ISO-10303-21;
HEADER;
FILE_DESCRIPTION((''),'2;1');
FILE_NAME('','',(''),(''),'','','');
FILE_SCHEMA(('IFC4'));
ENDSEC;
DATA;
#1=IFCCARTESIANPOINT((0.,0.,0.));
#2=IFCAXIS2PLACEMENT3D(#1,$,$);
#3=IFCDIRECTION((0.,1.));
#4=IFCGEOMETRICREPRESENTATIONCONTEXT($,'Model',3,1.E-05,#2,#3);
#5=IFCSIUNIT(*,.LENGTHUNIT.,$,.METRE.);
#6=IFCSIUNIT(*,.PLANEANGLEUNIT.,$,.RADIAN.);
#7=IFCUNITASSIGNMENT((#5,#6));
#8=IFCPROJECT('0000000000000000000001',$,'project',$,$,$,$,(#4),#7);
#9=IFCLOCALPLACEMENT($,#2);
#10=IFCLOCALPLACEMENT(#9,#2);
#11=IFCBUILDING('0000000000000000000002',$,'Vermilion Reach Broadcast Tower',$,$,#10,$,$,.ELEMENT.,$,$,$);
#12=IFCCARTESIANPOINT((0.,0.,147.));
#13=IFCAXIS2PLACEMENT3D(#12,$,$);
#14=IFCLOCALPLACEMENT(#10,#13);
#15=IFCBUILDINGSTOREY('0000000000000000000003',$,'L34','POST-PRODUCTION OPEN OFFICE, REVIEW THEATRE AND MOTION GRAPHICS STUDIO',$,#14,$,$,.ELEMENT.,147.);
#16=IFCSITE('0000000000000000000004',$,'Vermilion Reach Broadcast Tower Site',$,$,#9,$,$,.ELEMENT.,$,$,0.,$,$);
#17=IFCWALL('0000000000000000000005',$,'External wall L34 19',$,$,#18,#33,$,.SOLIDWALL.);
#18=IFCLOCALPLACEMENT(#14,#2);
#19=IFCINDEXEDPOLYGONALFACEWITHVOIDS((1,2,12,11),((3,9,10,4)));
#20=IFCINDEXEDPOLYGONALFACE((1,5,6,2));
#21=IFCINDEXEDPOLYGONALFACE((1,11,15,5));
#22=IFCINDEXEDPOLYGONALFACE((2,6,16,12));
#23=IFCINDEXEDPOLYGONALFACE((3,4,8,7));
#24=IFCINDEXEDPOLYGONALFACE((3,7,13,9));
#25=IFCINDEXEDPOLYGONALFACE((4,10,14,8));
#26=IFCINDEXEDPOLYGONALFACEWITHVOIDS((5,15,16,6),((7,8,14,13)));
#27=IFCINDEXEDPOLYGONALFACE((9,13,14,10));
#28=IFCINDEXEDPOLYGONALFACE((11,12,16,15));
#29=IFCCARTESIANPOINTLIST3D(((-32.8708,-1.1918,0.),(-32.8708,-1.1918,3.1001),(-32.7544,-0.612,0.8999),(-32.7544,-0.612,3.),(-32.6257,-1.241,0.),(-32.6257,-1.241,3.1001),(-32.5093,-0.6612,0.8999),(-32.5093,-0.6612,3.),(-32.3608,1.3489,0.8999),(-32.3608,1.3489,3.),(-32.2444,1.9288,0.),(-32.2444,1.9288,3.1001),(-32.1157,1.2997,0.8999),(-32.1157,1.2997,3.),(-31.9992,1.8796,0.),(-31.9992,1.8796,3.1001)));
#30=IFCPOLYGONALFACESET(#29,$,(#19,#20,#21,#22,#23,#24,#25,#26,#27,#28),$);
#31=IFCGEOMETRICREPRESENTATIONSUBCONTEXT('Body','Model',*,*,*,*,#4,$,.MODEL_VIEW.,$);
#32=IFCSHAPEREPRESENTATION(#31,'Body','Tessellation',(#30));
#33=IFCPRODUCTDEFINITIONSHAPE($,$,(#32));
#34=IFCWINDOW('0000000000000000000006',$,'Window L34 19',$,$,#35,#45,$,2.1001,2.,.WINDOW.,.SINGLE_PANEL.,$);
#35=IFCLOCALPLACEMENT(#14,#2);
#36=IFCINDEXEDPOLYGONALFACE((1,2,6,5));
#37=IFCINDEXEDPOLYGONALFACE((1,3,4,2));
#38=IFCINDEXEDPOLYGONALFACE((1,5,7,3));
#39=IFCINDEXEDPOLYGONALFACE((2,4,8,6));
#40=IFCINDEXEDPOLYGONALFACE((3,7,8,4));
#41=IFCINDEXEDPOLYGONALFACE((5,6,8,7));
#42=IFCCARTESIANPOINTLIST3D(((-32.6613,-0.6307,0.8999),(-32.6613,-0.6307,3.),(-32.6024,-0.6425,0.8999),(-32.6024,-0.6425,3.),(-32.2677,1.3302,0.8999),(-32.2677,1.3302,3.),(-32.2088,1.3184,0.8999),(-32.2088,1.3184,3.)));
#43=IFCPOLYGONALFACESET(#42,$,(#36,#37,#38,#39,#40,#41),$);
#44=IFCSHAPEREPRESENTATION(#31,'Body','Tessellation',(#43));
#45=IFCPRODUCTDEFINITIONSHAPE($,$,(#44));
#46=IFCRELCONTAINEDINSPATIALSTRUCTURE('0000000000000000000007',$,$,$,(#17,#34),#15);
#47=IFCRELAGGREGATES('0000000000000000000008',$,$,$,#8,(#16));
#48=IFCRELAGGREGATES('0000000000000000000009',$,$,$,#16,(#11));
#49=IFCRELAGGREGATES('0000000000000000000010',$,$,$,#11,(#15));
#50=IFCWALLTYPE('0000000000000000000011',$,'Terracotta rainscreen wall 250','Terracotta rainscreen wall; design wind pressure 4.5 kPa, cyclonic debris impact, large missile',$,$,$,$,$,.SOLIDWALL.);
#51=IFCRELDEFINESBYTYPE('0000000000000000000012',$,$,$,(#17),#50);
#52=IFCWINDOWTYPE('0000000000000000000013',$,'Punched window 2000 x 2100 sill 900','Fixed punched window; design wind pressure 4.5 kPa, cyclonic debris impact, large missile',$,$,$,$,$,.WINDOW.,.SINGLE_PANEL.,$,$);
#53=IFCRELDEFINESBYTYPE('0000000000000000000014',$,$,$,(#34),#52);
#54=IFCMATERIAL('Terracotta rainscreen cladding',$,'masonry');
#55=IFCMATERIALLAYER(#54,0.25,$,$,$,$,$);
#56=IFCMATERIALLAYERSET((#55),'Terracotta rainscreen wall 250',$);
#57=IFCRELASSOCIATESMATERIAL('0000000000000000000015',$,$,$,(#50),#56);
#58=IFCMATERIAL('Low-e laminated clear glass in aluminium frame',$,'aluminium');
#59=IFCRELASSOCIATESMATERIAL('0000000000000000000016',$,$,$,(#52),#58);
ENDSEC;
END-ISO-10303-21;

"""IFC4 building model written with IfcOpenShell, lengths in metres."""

from ifc_helpers import new_model, si_unit, direction, frame, frame_2d, origin, place, context, subcontext, project, spatial, rectangle, extrude, material, layer, layer_set, type_object, element, fill, save


model = new_model("IFC4")

# Units and contexts
model_context = context("Model", 3, precision=1e-05, world=origin(), true_north=direction((0.0, 1.0)))
body_context = subcontext(model_context, "Body", "Model", "MODEL_VIEW")
ifc_project = project(units=[si_unit("LENGTHUNIT", "METRE"), si_unit("PLANEANGLEUNIT", "RADIAN")], contexts=[model_context])

# Site, building, storey
site_placement = place(None, origin())
site = spatial("IfcSite", under=ifc_project, at=site_placement, Name="Vermilion Reach Broadcast Tower Site", CompositionType="ELEMENT", RefElevation=0.0)
building_placement = place(site_placement, origin())
building = spatial("IfcBuilding", under=site, at=building_placement, Name="Vermilion Reach Broadcast Tower", CompositionType="ELEMENT")
storey_placement = place(building_placement, frame((0.0, 0.0, 147.0)))
storey = spatial("IfcBuildingStorey", under=building, at=storey_placement, Name="L34", Description="POST-PRODUCTION OPEN OFFICE, REVIEW THEATRE AND MOTION GRAPHICS STUDIO", CompositionType="ELEMENT", Elevation=147.0)

# Wall, opening, window
ifc_material_1 = material(Name="Terracotta rainscreen cladding", Category="masonry")
ifc_layer_1 = layer(ifc_material_1, 0.25)
ifc_layer_set_1 = layer_set([ifc_layer_1], Name="Terracotta rainscreen wall 250")
wall_type_1 = type_object("IfcWallType", Name="Terracotta rainscreen wall 250", Description="Terracotta rainscreen wall; design wind pressure 4.5 kPa, cyclonic debris impact, large missile", PredefinedType="SOLIDWALL", material=ifc_layer_set_1)
ifc_material_2 = material(Name="Low-e laminated clear glass in aluminium frame", Category="aluminium")
window_type = type_object("IfcWindowType", Name="Punched window 2000 x 2100 sill 900", Description="Fixed punched window; design wind pressure 4.5 kPa, cyclonic debris impact, large missile", PartitioningType="SINGLE_PANEL", PredefinedType="WINDOW", material=ifc_material_2)
wall_1_placement = place(storey_placement, frame((-32.1218, 1.9041, 0.0), z_axis=(0.0, 0.0, 1.0), x_axis=(-0.196824, -0.980439, 0.0)))
wall_1 = element("IfcWall", 1, at=wall_1_placement, inside=storey, type_object=wall_type_1, Name="External wall L34 19", PredefinedType="SOLIDWALL", context=body_context, shape_type="SweptSolid", body=[
    extrude(rectangle(XDim=3.1829, YDim=0.25, at=frame_2d((1.5913, 0.0))), origin(), (0.0, 0.0, 1.0), 3.1001),
])
opening_1_placement = place(wall_1_placement, frame((0.5913, 0.0, 0.8999)))
opening_1 = element("IfcOpeningElement", 2, at=opening_1_placement, cuts=wall_1, PredefinedType="OPENING", context=body_context, shape_type="SweptSolid", body=[
    extrude(rectangle(XDim=2.0, YDim=2.1001, at=frame_2d((1.0, 1.05))), frame((0.0, 0.135, 0.0), z_axis=(0.0, -1.0, 0.0), x_axis=(1.0, 0.0, 0.0)), (0.0, 0.0, 1.0), 0.27),
])
window_1_placement = place(opening_1_placement, origin())
window_1 = element("IfcWindow", 3, at=window_1_placement, inside=storey, type_object=window_type, Name="Window L34 19", OverallHeight=2.1001, OverallWidth=2.0, PartitioningType="SINGLE_PANEL", PredefinedType="WINDOW", context=body_context, shape_type="SweptSolid", body=[
    extrude(rectangle(XDim=2.0, YDim=2.1001, at=frame_2d((1.0, 1.05))), frame((0.0, 0.03, 0.0), z_axis=(0.0, -1.0, 0.0), x_axis=(1.0, 0.0, 0.0)), (0.0, 0.0, 1.0), 0.0601),
])
fill(opening_1, window_1)

save(model, "model.ifc")
